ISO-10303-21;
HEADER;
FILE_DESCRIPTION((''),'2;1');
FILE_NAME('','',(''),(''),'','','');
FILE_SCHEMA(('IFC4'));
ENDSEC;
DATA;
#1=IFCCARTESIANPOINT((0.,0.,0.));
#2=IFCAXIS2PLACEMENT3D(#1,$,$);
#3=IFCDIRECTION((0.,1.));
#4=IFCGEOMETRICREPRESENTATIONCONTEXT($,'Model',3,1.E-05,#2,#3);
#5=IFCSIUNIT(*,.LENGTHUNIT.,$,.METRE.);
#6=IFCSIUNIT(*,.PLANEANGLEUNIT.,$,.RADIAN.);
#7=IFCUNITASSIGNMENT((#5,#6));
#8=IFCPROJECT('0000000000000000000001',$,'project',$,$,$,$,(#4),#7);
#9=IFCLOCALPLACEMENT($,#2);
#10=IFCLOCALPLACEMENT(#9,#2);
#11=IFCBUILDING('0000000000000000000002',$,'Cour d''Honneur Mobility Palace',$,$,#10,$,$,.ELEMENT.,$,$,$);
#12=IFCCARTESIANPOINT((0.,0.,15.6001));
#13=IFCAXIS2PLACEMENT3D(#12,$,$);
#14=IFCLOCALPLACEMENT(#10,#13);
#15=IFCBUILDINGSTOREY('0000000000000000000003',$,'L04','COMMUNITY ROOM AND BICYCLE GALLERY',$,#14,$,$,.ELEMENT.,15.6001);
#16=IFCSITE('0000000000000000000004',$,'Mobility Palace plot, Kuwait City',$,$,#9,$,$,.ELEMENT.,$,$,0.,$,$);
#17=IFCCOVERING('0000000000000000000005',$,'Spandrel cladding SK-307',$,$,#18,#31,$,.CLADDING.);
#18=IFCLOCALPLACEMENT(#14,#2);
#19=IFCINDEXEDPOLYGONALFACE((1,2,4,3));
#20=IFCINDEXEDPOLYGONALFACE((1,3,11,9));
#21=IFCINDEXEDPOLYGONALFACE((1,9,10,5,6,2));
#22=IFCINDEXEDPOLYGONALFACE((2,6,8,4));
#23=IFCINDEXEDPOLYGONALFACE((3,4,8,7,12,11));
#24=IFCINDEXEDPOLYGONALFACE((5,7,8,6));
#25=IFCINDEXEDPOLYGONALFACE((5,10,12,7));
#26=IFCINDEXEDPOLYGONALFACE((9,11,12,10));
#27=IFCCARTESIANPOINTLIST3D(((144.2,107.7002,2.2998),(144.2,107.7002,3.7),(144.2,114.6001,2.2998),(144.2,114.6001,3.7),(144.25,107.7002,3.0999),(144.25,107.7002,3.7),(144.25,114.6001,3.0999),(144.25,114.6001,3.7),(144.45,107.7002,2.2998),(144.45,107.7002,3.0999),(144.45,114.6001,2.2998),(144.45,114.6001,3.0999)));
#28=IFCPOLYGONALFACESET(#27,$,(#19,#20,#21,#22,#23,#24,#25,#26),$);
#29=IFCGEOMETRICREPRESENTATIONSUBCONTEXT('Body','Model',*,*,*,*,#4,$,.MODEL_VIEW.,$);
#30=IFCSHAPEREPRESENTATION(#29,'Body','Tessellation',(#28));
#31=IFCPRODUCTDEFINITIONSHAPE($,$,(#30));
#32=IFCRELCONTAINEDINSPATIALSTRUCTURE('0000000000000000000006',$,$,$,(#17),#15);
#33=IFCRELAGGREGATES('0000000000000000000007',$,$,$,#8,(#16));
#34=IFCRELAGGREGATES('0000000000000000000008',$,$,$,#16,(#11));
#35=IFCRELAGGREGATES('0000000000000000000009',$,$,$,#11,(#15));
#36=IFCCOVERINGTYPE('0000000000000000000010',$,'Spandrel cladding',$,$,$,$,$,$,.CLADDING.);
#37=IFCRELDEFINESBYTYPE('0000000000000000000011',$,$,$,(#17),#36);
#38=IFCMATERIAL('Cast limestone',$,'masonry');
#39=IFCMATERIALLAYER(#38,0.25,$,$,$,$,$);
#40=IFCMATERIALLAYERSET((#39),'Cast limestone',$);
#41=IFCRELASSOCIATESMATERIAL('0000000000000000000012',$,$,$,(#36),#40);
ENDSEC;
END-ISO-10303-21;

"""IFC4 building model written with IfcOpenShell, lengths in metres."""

from ifc_helpers import new_model, si_unit, direction, frame, origin, place, context, subcontext, project, spatial, polyline, outline, extrude, material, layer, layer_set, type_object, element, save


model = new_model("IFC4")

# Units and contexts
model_context = context("Model", 3, precision=1e-05, world=origin(), true_north=direction((0.0, 1.0)))
body_context = subcontext(model_context, "Body", "Model", "MODEL_VIEW")
ifc_project = project(units=[si_unit("LENGTHUNIT", "METRE"), si_unit("PLANEANGLEUNIT", "RADIAN")], contexts=[model_context])

# Site, building, storey
site_placement = place(None, origin())
site = spatial("IfcSite", under=ifc_project, at=site_placement, Name="Mobility Palace plot, Kuwait City", CompositionType="ELEMENT", RefElevation=0.0)
building_placement = place(site_placement, origin())
building = spatial("IfcBuilding", under=site, at=building_placement, Name="Cour d'Honneur Mobility Palace", CompositionType="ELEMENT")
storey_placement = place(building_placement, frame((0.0, 0.0, 15.6001)))
storey = spatial("IfcBuildingStorey", under=building, at=storey_placement, Name="L04", Description="COMMUNITY ROOM AND BICYCLE GALLERY", CompositionType="ELEMENT", Elevation=15.6001)

# Covering
ifc_material_1 = material(Name="Cast limestone", Category="masonry")
ifc_layer_1 = layer(ifc_material_1, 0.25)
ifc_layer_set_1 = layer_set([ifc_layer_1], Name="Cast limestone")
covering_type = type_object("IfcCoveringType", Name="Spandrel cladding", PredefinedType="CLADDING", material=ifc_layer_set_1)
covering_placement = place(storey_placement, frame((144.45, 114.6001, 2.2998), z_axis=(0.0, 1.0, 0.0), x_axis=(-1.0, 0.0, 0.0)))
element("IfcCovering", 1, at=covering_placement, inside=storey, type_object=covering_type, Name="Spandrel cladding SK-307", PredefinedType="CLADDING", context=body_context, shape_type="SweptSolid", body=[
    extrude(outline(polyline([(0.0, 0.0), (0.25, 0.0), (0.25, 1.4001), (0.2, 1.4001), (0.2, 0.8), (0.0, 0.8), (0.0, 0.0)])), origin(), (0.0, 0.0, -1.0), 6.8999),
])

save(model, "model.ifc")
